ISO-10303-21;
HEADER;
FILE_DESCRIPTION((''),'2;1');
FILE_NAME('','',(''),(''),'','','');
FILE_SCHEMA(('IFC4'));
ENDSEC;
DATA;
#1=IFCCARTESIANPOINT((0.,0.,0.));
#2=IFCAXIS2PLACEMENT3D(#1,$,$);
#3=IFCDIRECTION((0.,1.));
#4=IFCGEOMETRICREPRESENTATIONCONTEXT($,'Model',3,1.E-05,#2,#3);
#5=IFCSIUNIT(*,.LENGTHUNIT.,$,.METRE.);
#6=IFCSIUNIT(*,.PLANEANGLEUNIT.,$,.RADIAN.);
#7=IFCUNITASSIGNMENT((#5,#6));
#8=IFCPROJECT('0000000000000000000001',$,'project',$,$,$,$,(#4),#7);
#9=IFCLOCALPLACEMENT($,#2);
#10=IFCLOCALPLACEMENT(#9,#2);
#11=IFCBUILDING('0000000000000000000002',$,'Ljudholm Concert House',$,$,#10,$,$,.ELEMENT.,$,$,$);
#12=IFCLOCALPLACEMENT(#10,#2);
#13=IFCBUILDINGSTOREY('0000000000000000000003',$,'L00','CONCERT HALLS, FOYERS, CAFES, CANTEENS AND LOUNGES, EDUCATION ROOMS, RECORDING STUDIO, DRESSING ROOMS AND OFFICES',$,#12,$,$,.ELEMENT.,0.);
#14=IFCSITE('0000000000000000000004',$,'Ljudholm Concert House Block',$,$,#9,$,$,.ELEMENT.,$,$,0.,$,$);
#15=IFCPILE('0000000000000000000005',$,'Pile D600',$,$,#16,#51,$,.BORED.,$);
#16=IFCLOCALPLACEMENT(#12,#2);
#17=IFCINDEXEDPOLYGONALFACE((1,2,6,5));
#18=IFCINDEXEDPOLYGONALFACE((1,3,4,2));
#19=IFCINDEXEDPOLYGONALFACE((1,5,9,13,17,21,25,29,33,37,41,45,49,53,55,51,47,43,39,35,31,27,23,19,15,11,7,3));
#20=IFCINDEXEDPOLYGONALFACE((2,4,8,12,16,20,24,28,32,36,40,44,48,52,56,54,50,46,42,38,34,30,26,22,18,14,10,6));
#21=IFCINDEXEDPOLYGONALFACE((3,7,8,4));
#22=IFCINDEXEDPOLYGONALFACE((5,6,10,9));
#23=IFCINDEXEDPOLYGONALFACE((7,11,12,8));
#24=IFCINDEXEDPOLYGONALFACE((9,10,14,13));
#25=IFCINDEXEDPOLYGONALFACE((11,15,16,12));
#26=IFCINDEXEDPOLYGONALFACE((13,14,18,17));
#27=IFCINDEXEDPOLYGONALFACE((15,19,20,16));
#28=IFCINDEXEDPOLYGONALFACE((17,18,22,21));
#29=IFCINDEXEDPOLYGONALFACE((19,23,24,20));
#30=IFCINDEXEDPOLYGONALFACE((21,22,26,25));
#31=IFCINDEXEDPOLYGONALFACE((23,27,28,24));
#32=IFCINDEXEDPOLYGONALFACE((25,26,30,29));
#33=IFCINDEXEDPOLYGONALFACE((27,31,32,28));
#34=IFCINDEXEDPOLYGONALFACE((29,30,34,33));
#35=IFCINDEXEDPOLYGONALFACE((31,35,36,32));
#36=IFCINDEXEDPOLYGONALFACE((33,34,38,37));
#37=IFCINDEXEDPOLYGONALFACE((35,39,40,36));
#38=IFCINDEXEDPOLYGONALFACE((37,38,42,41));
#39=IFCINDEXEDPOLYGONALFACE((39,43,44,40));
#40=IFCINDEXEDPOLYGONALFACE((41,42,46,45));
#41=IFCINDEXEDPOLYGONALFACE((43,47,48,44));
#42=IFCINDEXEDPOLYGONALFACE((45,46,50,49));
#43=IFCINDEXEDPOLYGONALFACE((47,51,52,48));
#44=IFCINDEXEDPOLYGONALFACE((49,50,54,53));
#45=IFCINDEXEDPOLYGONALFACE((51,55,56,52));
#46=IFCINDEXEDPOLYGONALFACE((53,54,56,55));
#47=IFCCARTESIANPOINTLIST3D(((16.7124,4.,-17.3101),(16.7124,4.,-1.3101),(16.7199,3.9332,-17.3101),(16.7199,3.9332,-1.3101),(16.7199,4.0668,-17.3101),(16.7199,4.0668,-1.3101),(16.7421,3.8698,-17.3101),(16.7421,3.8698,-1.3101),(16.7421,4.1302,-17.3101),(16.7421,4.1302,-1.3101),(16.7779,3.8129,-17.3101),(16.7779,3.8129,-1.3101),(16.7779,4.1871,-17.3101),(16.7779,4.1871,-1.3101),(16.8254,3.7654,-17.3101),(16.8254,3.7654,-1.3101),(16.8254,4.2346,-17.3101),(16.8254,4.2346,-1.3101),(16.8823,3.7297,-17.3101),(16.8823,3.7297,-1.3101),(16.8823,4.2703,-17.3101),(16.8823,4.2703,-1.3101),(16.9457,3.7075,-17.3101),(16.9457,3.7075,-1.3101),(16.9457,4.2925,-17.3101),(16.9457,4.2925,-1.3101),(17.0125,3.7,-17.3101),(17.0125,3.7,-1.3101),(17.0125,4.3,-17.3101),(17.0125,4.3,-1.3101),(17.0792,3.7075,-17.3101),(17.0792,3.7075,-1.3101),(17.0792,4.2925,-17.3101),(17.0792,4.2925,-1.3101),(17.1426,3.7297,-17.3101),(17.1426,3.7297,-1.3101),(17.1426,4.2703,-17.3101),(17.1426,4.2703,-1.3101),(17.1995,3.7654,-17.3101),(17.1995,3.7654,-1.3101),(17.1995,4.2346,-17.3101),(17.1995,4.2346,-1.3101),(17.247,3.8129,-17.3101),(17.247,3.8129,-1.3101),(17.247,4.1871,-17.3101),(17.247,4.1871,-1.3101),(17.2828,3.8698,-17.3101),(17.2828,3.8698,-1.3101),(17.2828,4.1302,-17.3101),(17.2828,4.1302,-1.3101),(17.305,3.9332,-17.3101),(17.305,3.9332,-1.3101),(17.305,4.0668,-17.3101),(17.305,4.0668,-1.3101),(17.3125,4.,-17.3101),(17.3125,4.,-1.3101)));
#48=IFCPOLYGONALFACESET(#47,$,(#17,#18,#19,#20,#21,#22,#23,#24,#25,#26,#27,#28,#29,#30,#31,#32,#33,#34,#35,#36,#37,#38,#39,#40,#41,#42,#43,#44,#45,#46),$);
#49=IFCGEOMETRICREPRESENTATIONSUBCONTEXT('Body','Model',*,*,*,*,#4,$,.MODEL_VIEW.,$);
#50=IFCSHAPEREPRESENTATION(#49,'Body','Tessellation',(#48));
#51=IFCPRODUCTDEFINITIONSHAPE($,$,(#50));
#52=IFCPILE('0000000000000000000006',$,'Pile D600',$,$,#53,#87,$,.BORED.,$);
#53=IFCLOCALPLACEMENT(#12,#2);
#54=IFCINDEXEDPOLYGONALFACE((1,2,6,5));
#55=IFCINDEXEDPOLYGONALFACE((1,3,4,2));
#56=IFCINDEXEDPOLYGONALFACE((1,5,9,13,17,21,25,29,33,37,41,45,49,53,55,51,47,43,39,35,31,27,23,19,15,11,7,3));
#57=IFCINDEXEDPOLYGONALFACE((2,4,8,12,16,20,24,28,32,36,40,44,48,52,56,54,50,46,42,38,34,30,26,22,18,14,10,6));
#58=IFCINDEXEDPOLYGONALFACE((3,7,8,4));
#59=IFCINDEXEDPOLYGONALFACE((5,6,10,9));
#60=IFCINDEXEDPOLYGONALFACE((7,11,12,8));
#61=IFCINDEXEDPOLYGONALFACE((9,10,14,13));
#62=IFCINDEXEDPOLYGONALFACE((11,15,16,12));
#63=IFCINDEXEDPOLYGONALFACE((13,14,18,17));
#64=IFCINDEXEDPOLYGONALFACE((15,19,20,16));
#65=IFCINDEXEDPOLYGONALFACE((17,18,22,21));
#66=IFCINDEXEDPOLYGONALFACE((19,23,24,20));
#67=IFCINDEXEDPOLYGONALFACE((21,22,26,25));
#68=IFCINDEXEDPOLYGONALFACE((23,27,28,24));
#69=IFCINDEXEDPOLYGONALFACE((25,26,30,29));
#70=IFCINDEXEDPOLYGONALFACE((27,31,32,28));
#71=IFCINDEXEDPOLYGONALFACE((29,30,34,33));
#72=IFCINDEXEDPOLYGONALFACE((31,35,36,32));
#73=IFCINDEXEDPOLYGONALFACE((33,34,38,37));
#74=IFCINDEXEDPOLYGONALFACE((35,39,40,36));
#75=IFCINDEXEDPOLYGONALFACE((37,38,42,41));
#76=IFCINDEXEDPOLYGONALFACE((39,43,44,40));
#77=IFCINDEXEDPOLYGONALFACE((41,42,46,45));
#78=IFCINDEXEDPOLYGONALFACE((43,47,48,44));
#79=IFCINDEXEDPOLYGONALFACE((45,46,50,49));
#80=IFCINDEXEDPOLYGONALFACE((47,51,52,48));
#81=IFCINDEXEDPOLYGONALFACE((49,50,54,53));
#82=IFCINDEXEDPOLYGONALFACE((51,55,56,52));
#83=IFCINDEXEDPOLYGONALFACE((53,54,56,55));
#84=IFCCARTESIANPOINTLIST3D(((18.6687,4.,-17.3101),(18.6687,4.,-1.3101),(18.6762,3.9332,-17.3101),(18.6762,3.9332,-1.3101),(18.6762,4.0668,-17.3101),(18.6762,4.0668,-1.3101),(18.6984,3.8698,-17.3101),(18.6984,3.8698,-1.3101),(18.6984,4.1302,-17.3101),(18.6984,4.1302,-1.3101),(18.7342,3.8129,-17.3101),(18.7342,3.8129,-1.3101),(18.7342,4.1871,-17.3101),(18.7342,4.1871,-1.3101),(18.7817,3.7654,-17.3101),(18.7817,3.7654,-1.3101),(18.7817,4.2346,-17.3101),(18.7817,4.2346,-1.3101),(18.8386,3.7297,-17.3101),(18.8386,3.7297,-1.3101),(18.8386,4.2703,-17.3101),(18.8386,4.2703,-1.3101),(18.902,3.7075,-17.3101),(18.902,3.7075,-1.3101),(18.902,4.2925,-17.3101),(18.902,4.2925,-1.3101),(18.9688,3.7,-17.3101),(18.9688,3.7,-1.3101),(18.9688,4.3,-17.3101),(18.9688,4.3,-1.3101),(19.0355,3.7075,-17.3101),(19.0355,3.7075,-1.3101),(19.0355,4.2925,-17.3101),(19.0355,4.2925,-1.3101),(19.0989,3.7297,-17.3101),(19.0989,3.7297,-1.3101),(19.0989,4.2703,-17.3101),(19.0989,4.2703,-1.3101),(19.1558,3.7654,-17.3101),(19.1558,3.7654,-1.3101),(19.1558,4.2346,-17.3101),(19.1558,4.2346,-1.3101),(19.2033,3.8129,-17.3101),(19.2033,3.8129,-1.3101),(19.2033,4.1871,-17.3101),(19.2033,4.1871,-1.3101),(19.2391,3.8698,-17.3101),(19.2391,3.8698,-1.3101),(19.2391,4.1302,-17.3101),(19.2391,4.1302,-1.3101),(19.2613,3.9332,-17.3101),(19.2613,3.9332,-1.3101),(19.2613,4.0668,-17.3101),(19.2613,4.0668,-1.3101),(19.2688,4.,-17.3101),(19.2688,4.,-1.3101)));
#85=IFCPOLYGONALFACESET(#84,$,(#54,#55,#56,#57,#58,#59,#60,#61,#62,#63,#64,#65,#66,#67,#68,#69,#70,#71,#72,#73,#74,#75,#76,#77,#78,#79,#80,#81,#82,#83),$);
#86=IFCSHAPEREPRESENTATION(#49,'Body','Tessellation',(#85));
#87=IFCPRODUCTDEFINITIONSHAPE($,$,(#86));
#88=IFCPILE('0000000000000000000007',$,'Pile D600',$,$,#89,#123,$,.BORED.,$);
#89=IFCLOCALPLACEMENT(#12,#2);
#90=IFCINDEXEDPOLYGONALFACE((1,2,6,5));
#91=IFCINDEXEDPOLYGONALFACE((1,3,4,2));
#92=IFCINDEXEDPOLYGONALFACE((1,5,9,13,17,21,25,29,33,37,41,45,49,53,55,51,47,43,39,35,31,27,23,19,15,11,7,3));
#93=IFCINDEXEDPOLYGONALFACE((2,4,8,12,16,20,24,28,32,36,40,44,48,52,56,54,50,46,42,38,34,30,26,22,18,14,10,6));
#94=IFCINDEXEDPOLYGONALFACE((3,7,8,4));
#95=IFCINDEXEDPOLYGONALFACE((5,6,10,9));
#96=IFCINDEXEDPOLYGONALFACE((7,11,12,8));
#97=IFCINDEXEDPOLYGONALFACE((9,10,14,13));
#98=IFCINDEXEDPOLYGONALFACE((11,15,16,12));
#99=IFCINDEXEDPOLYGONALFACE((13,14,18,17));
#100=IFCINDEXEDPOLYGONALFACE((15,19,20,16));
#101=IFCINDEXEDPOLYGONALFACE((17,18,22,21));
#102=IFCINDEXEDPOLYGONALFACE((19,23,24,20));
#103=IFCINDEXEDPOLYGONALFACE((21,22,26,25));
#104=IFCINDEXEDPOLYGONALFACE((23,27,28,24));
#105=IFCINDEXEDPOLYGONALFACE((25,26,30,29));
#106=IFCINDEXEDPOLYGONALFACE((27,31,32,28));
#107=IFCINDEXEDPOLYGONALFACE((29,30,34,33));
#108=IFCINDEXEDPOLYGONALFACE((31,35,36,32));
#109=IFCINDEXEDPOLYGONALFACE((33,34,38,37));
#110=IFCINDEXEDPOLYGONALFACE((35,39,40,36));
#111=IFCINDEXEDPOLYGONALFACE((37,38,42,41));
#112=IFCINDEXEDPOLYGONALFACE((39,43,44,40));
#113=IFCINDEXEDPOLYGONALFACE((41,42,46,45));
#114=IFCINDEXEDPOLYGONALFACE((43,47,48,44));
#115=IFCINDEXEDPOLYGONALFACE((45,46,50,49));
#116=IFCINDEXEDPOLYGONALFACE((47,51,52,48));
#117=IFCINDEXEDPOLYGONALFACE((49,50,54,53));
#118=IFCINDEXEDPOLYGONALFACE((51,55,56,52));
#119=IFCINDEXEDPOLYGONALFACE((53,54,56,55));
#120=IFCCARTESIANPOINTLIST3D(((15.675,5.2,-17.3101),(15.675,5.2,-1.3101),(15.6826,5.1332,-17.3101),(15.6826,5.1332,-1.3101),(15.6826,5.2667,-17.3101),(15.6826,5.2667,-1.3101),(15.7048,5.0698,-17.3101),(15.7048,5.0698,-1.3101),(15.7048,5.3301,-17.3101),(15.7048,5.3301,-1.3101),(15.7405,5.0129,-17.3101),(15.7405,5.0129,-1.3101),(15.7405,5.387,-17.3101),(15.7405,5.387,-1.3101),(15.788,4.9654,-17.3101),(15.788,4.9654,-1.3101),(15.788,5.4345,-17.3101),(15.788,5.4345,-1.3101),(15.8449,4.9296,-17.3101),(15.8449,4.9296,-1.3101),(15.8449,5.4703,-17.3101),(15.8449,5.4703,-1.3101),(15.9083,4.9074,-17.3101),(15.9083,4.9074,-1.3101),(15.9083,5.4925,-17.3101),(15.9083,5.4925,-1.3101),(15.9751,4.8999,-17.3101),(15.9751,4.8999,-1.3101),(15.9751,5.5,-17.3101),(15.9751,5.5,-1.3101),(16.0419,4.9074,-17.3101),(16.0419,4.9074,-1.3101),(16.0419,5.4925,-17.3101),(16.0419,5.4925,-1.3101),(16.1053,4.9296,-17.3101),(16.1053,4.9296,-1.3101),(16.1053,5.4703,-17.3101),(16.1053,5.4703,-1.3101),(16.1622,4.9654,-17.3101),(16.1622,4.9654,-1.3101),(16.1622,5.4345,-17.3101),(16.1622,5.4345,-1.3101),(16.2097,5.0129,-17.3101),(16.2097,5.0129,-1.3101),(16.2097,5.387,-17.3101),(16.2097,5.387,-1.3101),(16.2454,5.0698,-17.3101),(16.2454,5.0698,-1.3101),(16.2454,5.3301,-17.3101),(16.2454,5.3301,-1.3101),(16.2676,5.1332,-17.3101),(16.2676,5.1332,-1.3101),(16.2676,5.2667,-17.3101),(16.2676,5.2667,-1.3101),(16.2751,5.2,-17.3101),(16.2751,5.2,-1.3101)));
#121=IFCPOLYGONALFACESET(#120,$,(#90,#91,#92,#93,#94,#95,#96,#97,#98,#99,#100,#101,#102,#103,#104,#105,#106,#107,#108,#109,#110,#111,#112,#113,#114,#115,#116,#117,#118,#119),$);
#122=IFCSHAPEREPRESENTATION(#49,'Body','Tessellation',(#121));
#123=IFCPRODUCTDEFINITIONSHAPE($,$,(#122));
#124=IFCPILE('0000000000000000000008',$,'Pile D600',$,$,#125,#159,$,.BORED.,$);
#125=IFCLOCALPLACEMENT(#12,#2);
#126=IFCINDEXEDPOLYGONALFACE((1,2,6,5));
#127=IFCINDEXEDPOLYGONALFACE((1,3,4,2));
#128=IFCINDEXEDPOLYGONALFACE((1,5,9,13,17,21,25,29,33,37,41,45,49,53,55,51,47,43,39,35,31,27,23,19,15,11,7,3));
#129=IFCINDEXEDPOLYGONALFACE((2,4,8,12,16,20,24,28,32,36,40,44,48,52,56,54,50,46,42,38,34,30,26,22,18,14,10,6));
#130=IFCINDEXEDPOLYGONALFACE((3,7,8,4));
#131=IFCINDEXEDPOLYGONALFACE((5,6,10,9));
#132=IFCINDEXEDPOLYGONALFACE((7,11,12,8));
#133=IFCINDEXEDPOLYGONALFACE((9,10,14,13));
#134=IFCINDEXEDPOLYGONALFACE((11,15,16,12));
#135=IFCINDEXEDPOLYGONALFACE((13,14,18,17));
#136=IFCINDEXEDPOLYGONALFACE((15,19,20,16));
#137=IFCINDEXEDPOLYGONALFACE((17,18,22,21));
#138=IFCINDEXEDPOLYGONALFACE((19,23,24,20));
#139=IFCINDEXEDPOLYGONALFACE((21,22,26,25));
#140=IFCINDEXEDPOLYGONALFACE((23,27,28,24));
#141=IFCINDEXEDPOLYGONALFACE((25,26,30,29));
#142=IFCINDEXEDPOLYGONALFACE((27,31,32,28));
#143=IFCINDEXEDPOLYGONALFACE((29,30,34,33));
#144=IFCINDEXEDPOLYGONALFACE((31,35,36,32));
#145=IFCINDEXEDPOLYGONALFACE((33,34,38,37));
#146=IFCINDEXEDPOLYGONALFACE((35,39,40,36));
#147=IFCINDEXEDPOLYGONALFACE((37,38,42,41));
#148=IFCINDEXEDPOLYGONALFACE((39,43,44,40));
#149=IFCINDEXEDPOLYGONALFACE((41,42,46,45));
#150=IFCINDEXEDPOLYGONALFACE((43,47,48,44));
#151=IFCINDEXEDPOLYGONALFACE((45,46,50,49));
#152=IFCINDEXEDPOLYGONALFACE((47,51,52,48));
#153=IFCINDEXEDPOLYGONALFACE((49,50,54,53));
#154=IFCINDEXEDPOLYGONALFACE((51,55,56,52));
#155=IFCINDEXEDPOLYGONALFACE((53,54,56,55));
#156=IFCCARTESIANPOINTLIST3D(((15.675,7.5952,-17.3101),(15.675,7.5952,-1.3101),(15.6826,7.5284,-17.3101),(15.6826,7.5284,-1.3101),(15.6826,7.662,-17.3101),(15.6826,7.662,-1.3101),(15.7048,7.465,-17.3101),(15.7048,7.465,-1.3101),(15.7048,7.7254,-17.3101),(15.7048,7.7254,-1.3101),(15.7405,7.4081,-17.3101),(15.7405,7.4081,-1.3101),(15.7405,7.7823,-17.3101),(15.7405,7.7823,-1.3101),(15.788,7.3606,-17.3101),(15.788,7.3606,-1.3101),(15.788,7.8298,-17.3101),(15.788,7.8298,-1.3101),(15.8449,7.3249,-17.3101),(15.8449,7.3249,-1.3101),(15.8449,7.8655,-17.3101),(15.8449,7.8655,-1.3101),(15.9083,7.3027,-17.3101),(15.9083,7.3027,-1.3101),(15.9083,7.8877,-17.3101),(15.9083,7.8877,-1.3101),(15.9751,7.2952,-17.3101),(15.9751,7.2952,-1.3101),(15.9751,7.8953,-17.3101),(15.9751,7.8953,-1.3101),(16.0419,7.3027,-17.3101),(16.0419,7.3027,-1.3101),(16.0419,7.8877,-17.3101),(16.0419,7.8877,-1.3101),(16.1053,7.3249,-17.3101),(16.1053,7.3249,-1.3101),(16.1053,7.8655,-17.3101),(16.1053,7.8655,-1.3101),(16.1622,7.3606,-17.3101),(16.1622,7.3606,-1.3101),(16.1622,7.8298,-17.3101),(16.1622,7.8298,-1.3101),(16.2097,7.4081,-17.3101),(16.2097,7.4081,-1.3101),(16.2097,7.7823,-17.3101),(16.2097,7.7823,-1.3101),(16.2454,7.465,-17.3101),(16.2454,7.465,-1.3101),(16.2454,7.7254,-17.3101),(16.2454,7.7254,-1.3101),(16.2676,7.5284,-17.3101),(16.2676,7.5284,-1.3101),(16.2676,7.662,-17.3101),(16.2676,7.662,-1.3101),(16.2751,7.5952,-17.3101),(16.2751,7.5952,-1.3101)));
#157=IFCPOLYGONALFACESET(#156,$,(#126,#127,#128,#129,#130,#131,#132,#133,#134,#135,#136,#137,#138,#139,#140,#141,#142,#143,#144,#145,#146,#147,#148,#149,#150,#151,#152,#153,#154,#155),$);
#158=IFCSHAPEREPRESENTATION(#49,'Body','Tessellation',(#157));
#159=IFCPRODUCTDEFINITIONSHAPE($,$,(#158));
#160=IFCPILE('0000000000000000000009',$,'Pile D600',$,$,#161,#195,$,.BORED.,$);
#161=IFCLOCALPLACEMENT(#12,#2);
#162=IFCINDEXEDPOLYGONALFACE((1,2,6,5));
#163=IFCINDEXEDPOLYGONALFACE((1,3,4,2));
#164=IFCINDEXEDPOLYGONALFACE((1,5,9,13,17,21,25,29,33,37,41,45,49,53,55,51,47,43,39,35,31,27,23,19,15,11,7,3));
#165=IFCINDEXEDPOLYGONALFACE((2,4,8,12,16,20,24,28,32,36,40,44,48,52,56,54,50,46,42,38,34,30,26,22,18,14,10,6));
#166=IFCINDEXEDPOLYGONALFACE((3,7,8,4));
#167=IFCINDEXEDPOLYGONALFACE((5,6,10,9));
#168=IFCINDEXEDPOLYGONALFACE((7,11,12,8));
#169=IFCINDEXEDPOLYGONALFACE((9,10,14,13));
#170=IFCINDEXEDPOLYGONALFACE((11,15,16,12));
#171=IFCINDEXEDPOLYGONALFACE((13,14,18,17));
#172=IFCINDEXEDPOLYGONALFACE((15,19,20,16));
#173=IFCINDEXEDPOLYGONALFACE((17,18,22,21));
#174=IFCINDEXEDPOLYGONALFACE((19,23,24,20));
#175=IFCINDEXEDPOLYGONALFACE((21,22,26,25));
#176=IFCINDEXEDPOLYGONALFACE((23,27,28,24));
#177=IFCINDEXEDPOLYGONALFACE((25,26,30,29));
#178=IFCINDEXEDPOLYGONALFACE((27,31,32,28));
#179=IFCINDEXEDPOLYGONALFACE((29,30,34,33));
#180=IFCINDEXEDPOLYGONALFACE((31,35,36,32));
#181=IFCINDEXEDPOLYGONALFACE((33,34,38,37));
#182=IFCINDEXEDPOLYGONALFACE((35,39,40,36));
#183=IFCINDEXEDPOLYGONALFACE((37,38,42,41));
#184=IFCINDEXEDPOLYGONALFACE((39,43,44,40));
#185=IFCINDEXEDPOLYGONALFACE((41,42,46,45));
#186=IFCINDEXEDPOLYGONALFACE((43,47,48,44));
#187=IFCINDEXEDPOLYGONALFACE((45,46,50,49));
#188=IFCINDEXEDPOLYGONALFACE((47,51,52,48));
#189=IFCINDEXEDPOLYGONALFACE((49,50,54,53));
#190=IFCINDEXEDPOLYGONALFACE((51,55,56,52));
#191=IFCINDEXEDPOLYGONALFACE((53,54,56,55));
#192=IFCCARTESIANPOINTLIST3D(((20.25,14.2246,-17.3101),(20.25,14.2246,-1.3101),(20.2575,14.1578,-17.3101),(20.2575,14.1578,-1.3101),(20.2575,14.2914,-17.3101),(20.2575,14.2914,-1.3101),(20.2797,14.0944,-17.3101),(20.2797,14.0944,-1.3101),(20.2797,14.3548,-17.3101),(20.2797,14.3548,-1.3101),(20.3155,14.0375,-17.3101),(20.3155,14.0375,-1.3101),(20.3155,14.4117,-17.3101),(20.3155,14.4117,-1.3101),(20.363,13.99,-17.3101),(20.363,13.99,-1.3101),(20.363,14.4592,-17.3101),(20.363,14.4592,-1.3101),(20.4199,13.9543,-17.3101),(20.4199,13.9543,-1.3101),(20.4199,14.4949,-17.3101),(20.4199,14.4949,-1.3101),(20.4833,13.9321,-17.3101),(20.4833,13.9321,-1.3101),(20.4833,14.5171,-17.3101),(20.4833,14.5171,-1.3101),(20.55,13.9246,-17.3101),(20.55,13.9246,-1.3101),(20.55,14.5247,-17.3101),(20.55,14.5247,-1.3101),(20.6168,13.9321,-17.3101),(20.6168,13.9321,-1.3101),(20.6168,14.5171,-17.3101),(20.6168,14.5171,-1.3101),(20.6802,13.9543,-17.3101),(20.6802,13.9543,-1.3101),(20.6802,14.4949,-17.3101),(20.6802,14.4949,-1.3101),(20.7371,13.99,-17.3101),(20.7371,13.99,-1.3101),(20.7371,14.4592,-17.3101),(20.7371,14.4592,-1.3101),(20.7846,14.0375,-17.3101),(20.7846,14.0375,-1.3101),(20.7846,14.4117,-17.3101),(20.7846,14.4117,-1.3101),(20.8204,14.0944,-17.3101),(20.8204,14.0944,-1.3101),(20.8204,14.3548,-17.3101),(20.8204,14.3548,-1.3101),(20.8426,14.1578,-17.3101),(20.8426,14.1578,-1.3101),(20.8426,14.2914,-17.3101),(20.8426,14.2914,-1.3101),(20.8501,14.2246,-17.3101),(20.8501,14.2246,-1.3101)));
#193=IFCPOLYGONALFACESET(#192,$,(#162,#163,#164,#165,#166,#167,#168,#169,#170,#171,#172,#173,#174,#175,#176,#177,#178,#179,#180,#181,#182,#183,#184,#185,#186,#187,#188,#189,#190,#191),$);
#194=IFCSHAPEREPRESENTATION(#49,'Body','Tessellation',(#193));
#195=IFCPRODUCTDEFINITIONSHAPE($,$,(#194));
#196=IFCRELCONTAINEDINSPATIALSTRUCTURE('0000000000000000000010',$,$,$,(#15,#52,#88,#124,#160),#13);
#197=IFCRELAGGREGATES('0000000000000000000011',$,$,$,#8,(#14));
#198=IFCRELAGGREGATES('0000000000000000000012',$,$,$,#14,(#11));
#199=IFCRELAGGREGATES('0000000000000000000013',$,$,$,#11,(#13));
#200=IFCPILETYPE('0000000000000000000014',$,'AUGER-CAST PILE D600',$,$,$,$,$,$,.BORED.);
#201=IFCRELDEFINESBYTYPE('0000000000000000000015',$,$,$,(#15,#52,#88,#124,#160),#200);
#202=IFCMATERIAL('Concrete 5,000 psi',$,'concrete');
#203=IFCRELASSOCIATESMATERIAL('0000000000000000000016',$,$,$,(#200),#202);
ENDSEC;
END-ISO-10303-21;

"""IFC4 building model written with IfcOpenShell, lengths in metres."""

from ifc_helpers import new_model, si_unit, direction, frame, origin, origin_2d, place, context, subcontext, project, spatial, circle, extrude, material, material_profile, profile_set, type_object, element, save


model = new_model("IFC4")

# Units and contexts
model_context = context("Model", 3, precision=1e-05, world=origin(), true_north=direction((0.0, 1.0)))
body_context = subcontext(model_context, "Body", "Model", "MODEL_VIEW")
ifc_project = project(units=[si_unit("LENGTHUNIT", "METRE"), si_unit("PLANEANGLEUNIT", "RADIAN")], contexts=[model_context])

# Site, building, storey
site_placement = place(None, origin())
site = spatial("IfcSite", under=ifc_project, at=site_placement, Name="Ljudholm Concert House Block", CompositionType="ELEMENT", RefElevation=0.0)
building_placement = place(site_placement, origin())
building = spatial("IfcBuilding", under=site, at=building_placement, Name="Ljudholm Concert House", CompositionType="ELEMENT")
storey_placement = place(building_placement, origin())
storey = spatial("IfcBuildingStorey", under=building, at=storey_placement, Name="L00", Description="CONCERT HALLS, FOYERS, CAFES, CANTEENS AND LOUNGES, EDUCATION ROOMS, RECORDING STUDIO, DRESSING ROOMS AND OFFICES", CompositionType="ELEMENT", Elevation=0.0)

# Piles
ifc_material_1 = material(Name="Concrete 5,000 psi", Category="concrete")
ifc_material_profile_1 = material_profile(ifc_material_1, circle(Radius=0.3, at=origin_2d()), Name="AUGER-CAST PILE D600")
ifc_profile_set_1 = profile_set([ifc_material_profile_1], Name="Concrete 5,000 psi")
pile_type = type_object("IfcPileType", Name="AUGER-CAST PILE D600", PredefinedType="BORED", material=ifc_profile_set_1)
for number, where, z_axis, x_axis, name in (
    (1, (17.0125, 4.0, -1.3101), (0.0, 0.0, -1.0), (1.0, 0.0, 0.0), "Pile D600"),
    (2, (18.9688, 4.0, -1.3101), (0.0, 0.0, -1.0), (1.0, 0.0, 0.0), "Pile D600"),
    (3, (15.9751, 5.2, -1.3101), (0.0, 0.0, -1.0), (1.0, 0.0, 0.0), "Pile D600"),
    (4, (15.9751, 7.5952, -1.3101), (0.0, 0.0, -1.0), (1.0, 0.0, 0.0), "Pile D600"),
    (5, (20.55, 14.2246, -1.3101), (0.0, 0.0, -1.0), (1.0, 0.0, 0.0), "Pile D600"),
):
    element("IfcPile", number, at=place(storey_placement, frame(where, z_axis=z_axis, x_axis=x_axis)), inside=storey, type_object=pile_type, Name=name, PredefinedType="BORED", context=body_context, shape_type="SweptSolid", body=[
        extrude(circle(Radius=0.3, at=origin_2d()), origin(), (0.0, 0.0, 1.0), 16.0),
    ])

save(model, "model.ifc")
